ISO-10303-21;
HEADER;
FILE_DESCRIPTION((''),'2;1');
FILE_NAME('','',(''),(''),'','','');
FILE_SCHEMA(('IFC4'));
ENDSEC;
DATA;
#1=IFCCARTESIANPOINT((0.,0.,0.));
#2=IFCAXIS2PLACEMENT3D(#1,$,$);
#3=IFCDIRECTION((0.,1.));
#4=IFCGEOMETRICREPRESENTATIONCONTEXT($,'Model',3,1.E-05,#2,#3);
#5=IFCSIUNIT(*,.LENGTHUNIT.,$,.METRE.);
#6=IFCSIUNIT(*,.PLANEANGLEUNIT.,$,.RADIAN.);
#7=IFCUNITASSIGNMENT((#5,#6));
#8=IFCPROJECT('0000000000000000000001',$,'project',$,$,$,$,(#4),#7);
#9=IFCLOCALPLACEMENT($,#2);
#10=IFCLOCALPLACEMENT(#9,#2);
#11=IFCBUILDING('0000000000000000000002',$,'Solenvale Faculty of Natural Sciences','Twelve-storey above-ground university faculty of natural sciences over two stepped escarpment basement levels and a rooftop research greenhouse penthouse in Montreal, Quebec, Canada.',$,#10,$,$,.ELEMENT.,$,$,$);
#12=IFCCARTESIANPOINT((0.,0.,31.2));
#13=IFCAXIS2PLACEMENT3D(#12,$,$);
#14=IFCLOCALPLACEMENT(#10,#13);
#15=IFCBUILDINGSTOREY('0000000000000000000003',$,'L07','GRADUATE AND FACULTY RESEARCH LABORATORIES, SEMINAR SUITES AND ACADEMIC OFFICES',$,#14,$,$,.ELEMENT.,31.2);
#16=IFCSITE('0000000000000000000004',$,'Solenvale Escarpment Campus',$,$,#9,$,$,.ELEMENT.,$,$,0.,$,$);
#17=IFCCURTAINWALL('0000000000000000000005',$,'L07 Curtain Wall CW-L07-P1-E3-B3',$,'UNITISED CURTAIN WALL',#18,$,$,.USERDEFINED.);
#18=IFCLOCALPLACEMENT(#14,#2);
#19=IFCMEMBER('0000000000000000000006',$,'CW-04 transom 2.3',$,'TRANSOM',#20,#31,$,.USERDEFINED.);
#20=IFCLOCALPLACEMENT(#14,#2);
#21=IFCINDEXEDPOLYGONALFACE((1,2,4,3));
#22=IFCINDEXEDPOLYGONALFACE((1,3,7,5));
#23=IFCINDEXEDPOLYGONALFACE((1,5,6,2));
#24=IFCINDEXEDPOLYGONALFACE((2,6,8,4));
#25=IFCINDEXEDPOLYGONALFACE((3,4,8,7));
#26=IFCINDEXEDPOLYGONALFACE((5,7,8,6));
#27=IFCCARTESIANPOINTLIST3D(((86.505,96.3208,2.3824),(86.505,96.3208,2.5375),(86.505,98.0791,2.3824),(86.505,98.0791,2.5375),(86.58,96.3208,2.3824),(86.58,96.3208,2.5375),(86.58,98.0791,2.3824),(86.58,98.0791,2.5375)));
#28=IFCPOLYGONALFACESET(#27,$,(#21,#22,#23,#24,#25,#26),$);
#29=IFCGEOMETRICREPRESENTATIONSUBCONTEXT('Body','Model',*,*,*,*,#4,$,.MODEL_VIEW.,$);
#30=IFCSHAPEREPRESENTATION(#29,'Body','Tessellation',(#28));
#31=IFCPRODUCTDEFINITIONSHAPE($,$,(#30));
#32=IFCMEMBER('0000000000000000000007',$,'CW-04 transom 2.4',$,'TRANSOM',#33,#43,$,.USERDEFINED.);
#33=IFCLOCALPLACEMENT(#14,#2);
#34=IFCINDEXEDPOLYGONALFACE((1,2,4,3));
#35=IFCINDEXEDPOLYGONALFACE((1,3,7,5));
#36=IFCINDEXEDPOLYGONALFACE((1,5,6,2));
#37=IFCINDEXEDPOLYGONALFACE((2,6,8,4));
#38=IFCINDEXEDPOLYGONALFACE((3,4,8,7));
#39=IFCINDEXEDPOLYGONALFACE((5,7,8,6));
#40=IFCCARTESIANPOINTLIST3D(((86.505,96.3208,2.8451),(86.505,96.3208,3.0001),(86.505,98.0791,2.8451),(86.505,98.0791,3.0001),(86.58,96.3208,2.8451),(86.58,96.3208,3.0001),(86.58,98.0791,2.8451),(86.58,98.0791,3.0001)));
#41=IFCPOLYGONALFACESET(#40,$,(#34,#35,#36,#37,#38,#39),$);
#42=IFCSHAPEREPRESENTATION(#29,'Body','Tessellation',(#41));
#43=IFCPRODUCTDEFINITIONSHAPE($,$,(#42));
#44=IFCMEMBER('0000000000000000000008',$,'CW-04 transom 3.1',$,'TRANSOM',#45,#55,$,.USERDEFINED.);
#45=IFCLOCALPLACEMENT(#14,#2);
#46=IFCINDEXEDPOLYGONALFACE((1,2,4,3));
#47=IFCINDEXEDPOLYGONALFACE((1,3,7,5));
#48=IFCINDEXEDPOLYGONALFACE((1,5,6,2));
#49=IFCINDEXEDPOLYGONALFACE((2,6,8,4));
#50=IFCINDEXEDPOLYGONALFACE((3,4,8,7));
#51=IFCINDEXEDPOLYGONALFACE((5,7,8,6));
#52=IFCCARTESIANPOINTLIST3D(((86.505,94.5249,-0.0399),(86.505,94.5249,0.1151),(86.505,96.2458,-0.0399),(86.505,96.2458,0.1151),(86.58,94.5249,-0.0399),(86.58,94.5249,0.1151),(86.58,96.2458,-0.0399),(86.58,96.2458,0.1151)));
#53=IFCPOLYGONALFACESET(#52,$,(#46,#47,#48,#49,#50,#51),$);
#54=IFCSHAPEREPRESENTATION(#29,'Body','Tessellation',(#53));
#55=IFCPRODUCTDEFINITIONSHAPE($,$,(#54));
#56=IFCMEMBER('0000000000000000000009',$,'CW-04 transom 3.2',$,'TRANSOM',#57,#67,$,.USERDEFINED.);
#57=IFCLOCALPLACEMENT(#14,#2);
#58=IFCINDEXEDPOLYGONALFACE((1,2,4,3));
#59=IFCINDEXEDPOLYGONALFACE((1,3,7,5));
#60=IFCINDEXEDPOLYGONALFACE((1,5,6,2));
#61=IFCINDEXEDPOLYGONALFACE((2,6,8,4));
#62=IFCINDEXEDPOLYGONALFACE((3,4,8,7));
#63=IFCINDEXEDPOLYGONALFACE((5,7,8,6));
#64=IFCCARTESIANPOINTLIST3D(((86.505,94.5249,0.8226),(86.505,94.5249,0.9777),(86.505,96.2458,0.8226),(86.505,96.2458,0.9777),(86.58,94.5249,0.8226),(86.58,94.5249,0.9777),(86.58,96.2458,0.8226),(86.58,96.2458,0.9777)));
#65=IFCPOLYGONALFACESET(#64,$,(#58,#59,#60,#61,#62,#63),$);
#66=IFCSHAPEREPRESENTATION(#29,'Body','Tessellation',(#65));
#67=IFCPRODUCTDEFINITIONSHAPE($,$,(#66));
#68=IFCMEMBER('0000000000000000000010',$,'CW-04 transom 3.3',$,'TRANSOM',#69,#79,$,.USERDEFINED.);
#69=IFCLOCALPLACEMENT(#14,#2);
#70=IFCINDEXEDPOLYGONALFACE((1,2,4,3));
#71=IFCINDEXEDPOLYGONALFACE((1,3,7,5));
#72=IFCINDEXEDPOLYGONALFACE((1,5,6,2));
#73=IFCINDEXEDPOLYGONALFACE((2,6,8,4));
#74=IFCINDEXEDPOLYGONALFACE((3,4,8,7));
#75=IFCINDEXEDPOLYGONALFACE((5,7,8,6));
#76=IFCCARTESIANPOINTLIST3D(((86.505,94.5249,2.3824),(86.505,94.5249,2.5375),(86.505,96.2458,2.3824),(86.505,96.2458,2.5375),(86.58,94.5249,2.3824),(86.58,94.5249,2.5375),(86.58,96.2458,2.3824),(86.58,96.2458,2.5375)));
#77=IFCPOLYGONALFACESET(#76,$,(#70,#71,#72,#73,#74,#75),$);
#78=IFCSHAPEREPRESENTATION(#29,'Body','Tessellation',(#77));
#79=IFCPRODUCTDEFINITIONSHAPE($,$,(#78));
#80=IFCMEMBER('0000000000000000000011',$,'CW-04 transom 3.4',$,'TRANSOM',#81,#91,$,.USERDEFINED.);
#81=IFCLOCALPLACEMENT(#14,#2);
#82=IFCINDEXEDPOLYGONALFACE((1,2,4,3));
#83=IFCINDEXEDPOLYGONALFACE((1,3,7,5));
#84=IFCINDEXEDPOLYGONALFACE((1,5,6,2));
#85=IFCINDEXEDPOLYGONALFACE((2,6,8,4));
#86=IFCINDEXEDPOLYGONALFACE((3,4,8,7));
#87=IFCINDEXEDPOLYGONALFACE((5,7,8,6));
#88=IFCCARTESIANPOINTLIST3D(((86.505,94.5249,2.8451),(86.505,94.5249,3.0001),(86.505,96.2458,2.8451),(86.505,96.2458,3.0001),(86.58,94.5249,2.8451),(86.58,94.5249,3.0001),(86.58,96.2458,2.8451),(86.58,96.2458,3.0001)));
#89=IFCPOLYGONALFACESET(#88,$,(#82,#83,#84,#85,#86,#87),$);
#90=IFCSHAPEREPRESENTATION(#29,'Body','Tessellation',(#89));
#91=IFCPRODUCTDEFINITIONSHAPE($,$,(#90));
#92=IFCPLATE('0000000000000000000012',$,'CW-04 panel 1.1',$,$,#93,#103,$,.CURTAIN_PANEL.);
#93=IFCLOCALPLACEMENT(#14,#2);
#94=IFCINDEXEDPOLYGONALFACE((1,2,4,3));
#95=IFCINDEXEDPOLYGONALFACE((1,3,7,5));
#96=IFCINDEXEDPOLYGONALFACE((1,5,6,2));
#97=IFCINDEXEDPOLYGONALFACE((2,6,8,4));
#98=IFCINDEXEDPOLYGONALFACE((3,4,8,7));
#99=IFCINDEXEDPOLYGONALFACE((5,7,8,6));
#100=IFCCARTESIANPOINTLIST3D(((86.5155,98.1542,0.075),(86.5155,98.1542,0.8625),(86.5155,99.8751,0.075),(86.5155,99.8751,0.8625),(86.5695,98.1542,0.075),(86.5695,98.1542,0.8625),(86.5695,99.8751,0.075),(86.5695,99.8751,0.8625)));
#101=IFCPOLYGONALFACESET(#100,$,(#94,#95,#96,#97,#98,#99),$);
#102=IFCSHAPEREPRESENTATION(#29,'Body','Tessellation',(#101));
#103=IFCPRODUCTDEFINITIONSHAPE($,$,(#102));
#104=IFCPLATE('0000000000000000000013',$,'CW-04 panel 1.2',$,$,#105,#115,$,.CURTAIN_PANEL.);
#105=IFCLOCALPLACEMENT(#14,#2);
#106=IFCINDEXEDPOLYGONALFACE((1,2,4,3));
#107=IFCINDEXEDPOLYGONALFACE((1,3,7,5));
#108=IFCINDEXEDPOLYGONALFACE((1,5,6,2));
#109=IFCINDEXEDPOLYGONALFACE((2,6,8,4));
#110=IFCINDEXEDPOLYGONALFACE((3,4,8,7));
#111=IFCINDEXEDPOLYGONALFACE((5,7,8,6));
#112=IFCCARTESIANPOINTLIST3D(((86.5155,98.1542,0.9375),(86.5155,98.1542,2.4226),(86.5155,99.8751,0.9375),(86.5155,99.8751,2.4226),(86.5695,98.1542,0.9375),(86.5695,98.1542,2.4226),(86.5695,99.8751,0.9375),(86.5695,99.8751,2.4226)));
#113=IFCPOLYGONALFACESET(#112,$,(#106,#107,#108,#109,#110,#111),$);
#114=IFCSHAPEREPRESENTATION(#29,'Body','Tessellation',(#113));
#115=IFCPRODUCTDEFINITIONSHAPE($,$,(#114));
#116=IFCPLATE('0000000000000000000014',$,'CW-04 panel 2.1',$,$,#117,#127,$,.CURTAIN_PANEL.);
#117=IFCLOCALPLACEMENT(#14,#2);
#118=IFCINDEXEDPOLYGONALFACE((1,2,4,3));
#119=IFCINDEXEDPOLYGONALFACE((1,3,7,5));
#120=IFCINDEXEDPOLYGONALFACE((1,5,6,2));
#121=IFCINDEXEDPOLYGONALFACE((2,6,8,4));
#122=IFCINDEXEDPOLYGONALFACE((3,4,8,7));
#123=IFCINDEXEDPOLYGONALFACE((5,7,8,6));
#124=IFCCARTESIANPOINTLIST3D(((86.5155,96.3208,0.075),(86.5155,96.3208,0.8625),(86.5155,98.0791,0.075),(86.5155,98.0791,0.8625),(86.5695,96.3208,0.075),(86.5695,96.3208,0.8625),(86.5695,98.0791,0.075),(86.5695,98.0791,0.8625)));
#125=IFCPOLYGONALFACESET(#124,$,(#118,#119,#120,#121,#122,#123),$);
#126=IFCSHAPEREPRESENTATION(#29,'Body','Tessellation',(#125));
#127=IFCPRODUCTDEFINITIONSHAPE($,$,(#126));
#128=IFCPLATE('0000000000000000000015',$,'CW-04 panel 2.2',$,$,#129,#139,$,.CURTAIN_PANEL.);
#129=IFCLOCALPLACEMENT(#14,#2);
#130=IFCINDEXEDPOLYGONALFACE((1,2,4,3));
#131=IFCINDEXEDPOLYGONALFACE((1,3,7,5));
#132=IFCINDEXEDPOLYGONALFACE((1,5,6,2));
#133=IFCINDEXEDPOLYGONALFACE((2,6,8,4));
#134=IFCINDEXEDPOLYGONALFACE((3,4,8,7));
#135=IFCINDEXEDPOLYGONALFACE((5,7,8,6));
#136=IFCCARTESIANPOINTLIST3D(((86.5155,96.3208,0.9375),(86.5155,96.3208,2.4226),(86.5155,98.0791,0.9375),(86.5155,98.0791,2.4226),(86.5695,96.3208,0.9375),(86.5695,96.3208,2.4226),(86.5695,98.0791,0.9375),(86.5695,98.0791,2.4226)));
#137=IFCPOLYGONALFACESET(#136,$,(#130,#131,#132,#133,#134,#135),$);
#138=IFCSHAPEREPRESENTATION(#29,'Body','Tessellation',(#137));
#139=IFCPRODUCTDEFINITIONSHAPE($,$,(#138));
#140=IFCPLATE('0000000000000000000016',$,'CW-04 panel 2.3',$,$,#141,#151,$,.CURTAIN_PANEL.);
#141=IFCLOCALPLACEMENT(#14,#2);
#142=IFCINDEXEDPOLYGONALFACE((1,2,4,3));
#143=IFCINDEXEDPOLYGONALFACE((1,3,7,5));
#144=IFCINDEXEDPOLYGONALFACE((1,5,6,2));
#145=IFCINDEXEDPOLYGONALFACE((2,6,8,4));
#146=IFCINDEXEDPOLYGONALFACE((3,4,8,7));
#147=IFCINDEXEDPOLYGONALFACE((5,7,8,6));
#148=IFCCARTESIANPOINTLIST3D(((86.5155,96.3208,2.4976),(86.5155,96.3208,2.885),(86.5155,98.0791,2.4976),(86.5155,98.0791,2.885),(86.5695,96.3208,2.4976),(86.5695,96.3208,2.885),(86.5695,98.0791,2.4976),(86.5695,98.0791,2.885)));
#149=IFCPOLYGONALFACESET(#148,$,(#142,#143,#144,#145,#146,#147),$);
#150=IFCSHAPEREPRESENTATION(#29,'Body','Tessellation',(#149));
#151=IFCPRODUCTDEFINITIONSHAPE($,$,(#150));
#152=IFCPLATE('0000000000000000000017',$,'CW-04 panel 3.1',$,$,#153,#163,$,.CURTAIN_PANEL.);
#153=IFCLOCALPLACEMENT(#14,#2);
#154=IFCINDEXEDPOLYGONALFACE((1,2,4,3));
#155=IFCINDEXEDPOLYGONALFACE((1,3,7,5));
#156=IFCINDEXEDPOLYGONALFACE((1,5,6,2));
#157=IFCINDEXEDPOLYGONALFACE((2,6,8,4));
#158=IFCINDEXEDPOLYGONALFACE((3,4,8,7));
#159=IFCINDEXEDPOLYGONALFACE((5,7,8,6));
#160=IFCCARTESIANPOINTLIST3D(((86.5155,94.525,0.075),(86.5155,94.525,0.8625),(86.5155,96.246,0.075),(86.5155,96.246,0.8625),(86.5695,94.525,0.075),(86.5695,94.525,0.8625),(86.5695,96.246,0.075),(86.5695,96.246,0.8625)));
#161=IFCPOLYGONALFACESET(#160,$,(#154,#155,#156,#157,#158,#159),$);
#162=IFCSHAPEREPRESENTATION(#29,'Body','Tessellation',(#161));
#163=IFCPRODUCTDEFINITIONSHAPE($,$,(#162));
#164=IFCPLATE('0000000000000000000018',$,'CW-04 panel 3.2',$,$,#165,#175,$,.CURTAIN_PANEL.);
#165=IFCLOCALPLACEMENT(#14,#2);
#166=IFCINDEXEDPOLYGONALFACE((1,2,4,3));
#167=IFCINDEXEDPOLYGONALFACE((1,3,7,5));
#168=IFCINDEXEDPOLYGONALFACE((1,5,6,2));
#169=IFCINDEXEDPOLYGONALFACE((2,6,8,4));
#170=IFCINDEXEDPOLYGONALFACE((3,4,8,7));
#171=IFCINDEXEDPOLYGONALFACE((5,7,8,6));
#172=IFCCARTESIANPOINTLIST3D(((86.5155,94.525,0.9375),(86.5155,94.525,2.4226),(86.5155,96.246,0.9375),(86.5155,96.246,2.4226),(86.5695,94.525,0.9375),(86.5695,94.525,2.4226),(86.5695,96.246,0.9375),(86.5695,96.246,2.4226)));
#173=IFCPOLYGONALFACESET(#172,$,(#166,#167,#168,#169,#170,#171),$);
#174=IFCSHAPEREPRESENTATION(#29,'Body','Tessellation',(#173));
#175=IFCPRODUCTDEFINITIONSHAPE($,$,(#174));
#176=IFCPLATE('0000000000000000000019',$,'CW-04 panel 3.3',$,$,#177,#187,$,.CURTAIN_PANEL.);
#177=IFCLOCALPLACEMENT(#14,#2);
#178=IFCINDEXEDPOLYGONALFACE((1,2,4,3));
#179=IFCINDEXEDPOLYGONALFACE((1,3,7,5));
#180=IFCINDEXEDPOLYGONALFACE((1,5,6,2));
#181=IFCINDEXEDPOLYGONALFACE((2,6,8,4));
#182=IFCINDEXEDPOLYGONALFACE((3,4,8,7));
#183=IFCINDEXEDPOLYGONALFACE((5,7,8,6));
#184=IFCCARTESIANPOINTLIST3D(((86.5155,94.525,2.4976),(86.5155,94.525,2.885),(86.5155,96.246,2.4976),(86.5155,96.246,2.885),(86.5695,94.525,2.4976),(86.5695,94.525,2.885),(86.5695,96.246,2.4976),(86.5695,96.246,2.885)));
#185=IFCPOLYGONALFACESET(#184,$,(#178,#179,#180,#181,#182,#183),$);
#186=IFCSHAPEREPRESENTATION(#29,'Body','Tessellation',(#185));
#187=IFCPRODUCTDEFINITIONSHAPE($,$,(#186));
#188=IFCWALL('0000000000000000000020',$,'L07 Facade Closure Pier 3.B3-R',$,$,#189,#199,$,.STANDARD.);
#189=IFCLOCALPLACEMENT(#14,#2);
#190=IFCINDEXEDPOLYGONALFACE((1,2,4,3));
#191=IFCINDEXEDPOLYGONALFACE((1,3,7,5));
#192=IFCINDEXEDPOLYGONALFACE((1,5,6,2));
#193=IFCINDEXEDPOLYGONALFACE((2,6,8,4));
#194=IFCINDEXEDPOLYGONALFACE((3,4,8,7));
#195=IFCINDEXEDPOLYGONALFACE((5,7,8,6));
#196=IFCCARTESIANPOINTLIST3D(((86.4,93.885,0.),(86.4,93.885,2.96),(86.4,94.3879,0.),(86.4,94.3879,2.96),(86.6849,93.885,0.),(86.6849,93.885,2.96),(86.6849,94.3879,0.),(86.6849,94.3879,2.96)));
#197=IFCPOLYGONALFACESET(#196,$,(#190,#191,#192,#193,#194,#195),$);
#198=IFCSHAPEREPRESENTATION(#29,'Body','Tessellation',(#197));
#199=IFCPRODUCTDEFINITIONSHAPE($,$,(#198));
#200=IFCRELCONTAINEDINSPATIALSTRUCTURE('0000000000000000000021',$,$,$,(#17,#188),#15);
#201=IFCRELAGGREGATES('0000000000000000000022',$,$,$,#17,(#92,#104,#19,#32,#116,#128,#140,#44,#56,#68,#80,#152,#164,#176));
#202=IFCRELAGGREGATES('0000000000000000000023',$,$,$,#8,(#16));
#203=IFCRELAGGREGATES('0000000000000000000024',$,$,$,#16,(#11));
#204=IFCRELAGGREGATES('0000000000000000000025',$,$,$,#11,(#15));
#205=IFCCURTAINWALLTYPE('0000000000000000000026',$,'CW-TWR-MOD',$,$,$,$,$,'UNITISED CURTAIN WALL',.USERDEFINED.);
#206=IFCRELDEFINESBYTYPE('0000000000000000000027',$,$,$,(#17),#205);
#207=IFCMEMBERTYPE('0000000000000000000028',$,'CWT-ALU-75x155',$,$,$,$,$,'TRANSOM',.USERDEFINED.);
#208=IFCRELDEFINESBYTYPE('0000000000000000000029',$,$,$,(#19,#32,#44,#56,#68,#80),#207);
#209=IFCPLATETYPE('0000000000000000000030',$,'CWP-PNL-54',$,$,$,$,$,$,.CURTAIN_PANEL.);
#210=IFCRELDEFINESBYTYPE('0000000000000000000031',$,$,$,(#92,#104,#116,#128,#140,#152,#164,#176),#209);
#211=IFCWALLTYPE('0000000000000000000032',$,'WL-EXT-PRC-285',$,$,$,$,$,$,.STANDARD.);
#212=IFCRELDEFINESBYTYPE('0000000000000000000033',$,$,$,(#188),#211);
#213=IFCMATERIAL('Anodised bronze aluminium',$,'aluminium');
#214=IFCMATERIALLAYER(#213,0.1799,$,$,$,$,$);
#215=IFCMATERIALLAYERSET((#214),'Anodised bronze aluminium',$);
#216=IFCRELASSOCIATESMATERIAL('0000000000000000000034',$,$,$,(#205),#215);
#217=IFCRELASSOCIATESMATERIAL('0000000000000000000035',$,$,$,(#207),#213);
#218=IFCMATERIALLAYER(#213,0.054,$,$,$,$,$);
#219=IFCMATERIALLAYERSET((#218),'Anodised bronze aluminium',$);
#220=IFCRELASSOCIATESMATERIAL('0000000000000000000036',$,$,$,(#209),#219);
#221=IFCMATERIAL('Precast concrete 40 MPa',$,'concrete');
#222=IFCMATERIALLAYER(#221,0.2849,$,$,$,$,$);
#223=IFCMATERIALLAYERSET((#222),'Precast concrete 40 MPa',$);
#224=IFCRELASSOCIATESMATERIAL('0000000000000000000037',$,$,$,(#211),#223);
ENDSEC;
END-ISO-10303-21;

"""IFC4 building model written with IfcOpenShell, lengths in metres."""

from ifc_helpers import new_model, si_unit, direction, frame, frame_2d, origin, origin_2d, place, context, subcontext, project, spatial, rectangle, extrude, material, layer, layer_set, material_profile, profile_set, type_object, element, aggregate, save


model = new_model("IFC4")

# Units and contexts
model_context = context("Model", 3, precision=1e-05, world=origin(), true_north=direction((0.0, 1.0)))
body_context = subcontext(model_context, "Body", "Model", "MODEL_VIEW")
ifc_project = project(units=[si_unit("LENGTHUNIT", "METRE"), si_unit("PLANEANGLEUNIT", "RADIAN")], contexts=[model_context])

# Site, building, storey
site_placement = place(None, origin())
site = spatial("IfcSite", under=ifc_project, at=site_placement, Name="Solenvale Escarpment Campus", CompositionType="ELEMENT", RefElevation=0.0)
building_placement = place(site_placement, origin())
building = spatial("IfcBuilding", under=site, at=building_placement, Name="Solenvale Faculty of Natural Sciences", Description="Twelve-storey above-ground university faculty of natural sciences over two stepped escarpment basement levels and a rooftop research greenhouse penthouse in Montreal, Quebec, Canada.", CompositionType="ELEMENT")
storey_placement = place(building_placement, frame((0.0, 0.0, 31.2)))
storey = spatial("IfcBuildingStorey", under=building, at=storey_placement, Name="L07", Description="GRADUATE AND FACULTY RESEARCH LABORATORIES, SEMINAR SUITES AND ACADEMIC OFFICES", CompositionType="ELEMENT", Elevation=31.2)

# Curtain wall, members, plates
ifc_material_1 = material(Name="Anodised bronze aluminium", Category="aluminium")
ifc_layer_1 = layer(ifc_material_1, 0.1799)
ifc_layer_set_1 = layer_set([ifc_layer_1], Name="Anodised bronze aluminium")
curtain_wall_type = type_object("IfcCurtainWallType", Name="CW-TWR-MOD", ElementType="UNITISED CURTAIN WALL", PredefinedType="USERDEFINED", material=ifc_layer_set_1)
curtain_wall_placement = place(storey_placement, origin())
curtain_wall = element("IfcCurtainWall", 1, at=curtain_wall_placement, inside=storey, type_object=curtain_wall_type, Name="L07 Curtain Wall CW-L07-P1-E3-B3", ObjectType="UNITISED CURTAIN WALL", PredefinedType="USERDEFINED")
ifc_material_profile_1 = material_profile(ifc_material_1, rectangle(XDim=0.075, YDim=0.155, at=origin_2d()), Name="ALU-TRN-75x155")
ifc_profile_set_1 = profile_set([ifc_material_profile_1], Name="Anodised bronze aluminium")
member_type_1 = type_object("IfcMemberType", Name="CWT-ALU-75x155", ElementType="TRANSOM", PredefinedType="USERDEFINED", material=ifc_profile_set_1)
member_1_placement = place(storey_placement, frame((86.5425, 98.0791, 2.46), z_axis=(0.0, -1.0, 0.0), x_axis=(1.0, 0.0, 0.0)))
member_1 = element("IfcMember", 2, at=member_1_placement, type_object=member_type_1, Name="CW-04 transom 2.3", ObjectType="TRANSOM", PredefinedType="USERDEFINED", context=body_context, shape_type="SweptSolid", body=[
    extrude(rectangle(XDim=0.075, YDim=0.155, at=origin_2d()), origin(), (0.0, 0.0, 1.0), 1.7583),
])
member_2_placement = place(storey_placement, frame((86.5425, 98.0791, 2.9226), z_axis=(0.0, -1.0, 0.0), x_axis=(1.0, 0.0, 0.0)))
member_2 = element("IfcMember", 3, at=member_2_placement, type_object=member_type_1, Name="CW-04 transom 2.4", ObjectType="TRANSOM", PredefinedType="USERDEFINED", context=body_context, shape_type="SweptSolid", body=[
    extrude(rectangle(XDim=0.075, YDim=0.155, at=origin_2d()), origin(), (0.0, 0.0, 1.0), 1.7583),
])
member_3_placement = place(storey_placement, frame((86.5425, 96.2458, 0.0376), z_axis=(0.0, -1.0, 0.0), x_axis=(1.0, 0.0, 0.0)))
member_3 = element("IfcMember", 4, at=member_3_placement, type_object=member_type_1, Name="CW-04 transom 3.1", ObjectType="TRANSOM", PredefinedType="USERDEFINED", context=body_context, shape_type="SweptSolid", body=[
    extrude(rectangle(XDim=0.075, YDim=0.155, at=origin_2d()), origin(), (0.0, 0.0, 1.0), 1.7209),
])
member_4_placement = place(storey_placement, frame((86.5425, 96.2458, 0.9001), z_axis=(0.0, -1.0, 0.0), x_axis=(1.0, 0.0, 0.0)))
member_4 = element("IfcMember", 5, at=member_4_placement, type_object=member_type_1, Name="CW-04 transom 3.2", ObjectType="TRANSOM", PredefinedType="USERDEFINED", context=body_context, shape_type="SweptSolid", body=[
    extrude(rectangle(XDim=0.075, YDim=0.155, at=origin_2d()), origin(), (0.0, 0.0, 1.0), 1.7209),
])
member_5_placement = place(storey_placement, frame((86.5425, 96.2458, 2.46), z_axis=(0.0, -1.0, 0.0), x_axis=(1.0, 0.0, 0.0)))
member_5 = element("IfcMember", 6, at=member_5_placement, type_object=member_type_1, Name="CW-04 transom 3.3", ObjectType="TRANSOM", PredefinedType="USERDEFINED", context=body_context, shape_type="SweptSolid", body=[
    extrude(rectangle(XDim=0.075, YDim=0.155, at=origin_2d()), origin(), (0.0, 0.0, 1.0), 1.7209),
])
member_6_placement = place(storey_placement, frame((86.5425, 96.2458, 2.9226), z_axis=(0.0, -1.0, 0.0), x_axis=(1.0, 0.0, 0.0)))
member_6 = element("IfcMember", 7, at=member_6_placement, type_object=member_type_1, Name="CW-04 transom 3.4", ObjectType="TRANSOM", PredefinedType="USERDEFINED", context=body_context, shape_type="SweptSolid", body=[
    extrude(rectangle(XDim=0.075, YDim=0.155, at=origin_2d()), origin(), (0.0, 0.0, 1.0), 1.7209),
])
ifc_layer_2 = layer(ifc_material_1, 0.054)
ifc_layer_set_2 = layer_set([ifc_layer_2], Name="Anodised bronze aluminium")
plate_type = type_object("IfcPlateType", Name="CWP-PNL-54", PredefinedType="CURTAIN_PANEL", material=ifc_layer_set_2)
plate_1_placement = place(storey_placement, frame((86.5425, 99.0146, 0.075), z_axis=(0.0, 0.0, 1.0), x_axis=(0.0, -1.0, 0.0)))
plate_1 = element("IfcPlate", 8, at=plate_1_placement, type_object=plate_type, Name="CW-04 panel 1.1", PredefinedType="CURTAIN_PANEL", context=body_context, shape_type="SweptSolid", body=[
    extrude(rectangle(XDim=1.7209, YDim=0.054, at=origin_2d()), origin(), (0.0, 0.0, 1.0), 0.7876),
])
plate_2_placement = place(storey_placement, frame((86.5425, 99.0146, 0.9375), z_axis=(0.0, 0.0, 1.0), x_axis=(0.0, -1.0, 0.0)))
plate_2 = element("IfcPlate", 9, at=plate_2_placement, type_object=plate_type, Name="CW-04 panel 1.2", PredefinedType="CURTAIN_PANEL", context=body_context, shape_type="SweptSolid", body=[
    extrude(rectangle(XDim=1.7209, YDim=0.054, at=origin_2d()), origin(), (0.0, 0.0, 1.0), 1.4851),
])
plate_3_placement = place(storey_placement, frame((86.5425, 97.2, 0.075), z_axis=(0.0, 0.0, 1.0), x_axis=(0.0, -1.0, 0.0)))
plate_3 = element("IfcPlate", 10, at=plate_3_placement, type_object=plate_type, Name="CW-04 panel 2.1", PredefinedType="CURTAIN_PANEL", context=body_context, shape_type="SweptSolid", body=[
    extrude(rectangle(XDim=1.7583, YDim=0.054, at=origin_2d()), origin(), (0.0, 0.0, 1.0), 0.7876),
])
plate_4_placement = place(storey_placement, frame((86.5425, 97.2, 0.9375), z_axis=(0.0, 0.0, 1.0), x_axis=(0.0, -1.0, 0.0)))
plate_4 = element("IfcPlate", 11, at=plate_4_placement, type_object=plate_type, Name="CW-04 panel 2.2", PredefinedType="CURTAIN_PANEL", context=body_context, shape_type="SweptSolid", body=[
    extrude(rectangle(XDim=1.7583, YDim=0.054, at=origin_2d()), origin(), (0.0, 0.0, 1.0), 1.4851),
])
plate_5_placement = place(storey_placement, frame((86.5425, 97.2, 2.4976), z_axis=(0.0, 0.0, 1.0), x_axis=(0.0, -1.0, 0.0)))
plate_5 = element("IfcPlate", 12, at=plate_5_placement, type_object=plate_type, Name="CW-04 panel 2.3", PredefinedType="CURTAIN_PANEL", context=body_context, shape_type="SweptSolid", body=[
    extrude(rectangle(XDim=1.7583, YDim=0.054, at=origin_2d()), origin(), (0.0, 0.0, 1.0), 0.3875),
])
plate_6_placement = place(storey_placement, frame((86.5425, 95.3855, 0.075), z_axis=(0.0, 0.0, 1.0), x_axis=(0.0, -1.0, 0.0)))
plate_6 = element("IfcPlate", 13, at=plate_6_placement, type_object=plate_type, Name="CW-04 panel 3.1", PredefinedType="CURTAIN_PANEL", context=body_context, shape_type="SweptSolid", body=[
    extrude(rectangle(XDim=1.7209, YDim=0.054, at=origin_2d()), origin(), (0.0, 0.0, 1.0), 0.7876),
])
plate_7_placement = place(storey_placement, frame((86.5425, 95.3855, 0.9375), z_axis=(0.0, 0.0, 1.0), x_axis=(0.0, -1.0, 0.0)))
plate_7 = element("IfcPlate", 14, at=plate_7_placement, type_object=plate_type, Name="CW-04 panel 3.2", PredefinedType="CURTAIN_PANEL", context=body_context, shape_type="SweptSolid", body=[
    extrude(rectangle(XDim=1.7209, YDim=0.054, at=origin_2d()), origin(), (0.0, 0.0, 1.0), 1.4851),
])
plate_8_placement = place(storey_placement, frame((86.5425, 95.3855, 2.4976), z_axis=(0.0, 0.0, 1.0), x_axis=(0.0, -1.0, 0.0)))
plate_8 = element("IfcPlate", 15, at=plate_8_placement, type_object=plate_type, Name="CW-04 panel 3.3", PredefinedType="CURTAIN_PANEL", context=body_context, shape_type="SweptSolid", body=[
    extrude(rectangle(XDim=1.7209, YDim=0.054, at=origin_2d()), origin(), (0.0, 0.0, 1.0), 0.3875),
])
aggregate(curtain_wall, [plate_1, plate_2, member_1, member_2, plate_3, plate_4, plate_5, member_3, member_4, member_5, member_6, plate_6, plate_7, plate_8])

# Wall
ifc_material_2 = material(Name="Precast concrete 40 MPa", Category="concrete")
ifc_layer_3 = layer(ifc_material_2, 0.2849)
ifc_layer_set_3 = layer_set([ifc_layer_3], Name="Precast concrete 40 MPa")
wall_type = type_object("IfcWallType", Name="WL-EXT-PRC-285", PredefinedType="STANDARD", material=ifc_layer_set_3)
wall_1_placement = place(storey_placement, frame((86.5425, 94.3879, 0.0), z_axis=(0.0, 0.0, 1.0), x_axis=(0.0, -1.0, 0.0)))
element("IfcWall", 16, at=wall_1_placement, inside=storey, type_object=wall_type, Name="L07 Facade Closure Pier 3.B3-R", PredefinedType="STANDARD", context=body_context, shape_type="SweptSolid", body=[
    extrude(rectangle(XDim=0.5029, YDim=0.2849, at=frame_2d((0.2515, 0.0))), origin(), (0.0, 0.0, 1.0), 2.96),
])

save(model, "model.ifc")
